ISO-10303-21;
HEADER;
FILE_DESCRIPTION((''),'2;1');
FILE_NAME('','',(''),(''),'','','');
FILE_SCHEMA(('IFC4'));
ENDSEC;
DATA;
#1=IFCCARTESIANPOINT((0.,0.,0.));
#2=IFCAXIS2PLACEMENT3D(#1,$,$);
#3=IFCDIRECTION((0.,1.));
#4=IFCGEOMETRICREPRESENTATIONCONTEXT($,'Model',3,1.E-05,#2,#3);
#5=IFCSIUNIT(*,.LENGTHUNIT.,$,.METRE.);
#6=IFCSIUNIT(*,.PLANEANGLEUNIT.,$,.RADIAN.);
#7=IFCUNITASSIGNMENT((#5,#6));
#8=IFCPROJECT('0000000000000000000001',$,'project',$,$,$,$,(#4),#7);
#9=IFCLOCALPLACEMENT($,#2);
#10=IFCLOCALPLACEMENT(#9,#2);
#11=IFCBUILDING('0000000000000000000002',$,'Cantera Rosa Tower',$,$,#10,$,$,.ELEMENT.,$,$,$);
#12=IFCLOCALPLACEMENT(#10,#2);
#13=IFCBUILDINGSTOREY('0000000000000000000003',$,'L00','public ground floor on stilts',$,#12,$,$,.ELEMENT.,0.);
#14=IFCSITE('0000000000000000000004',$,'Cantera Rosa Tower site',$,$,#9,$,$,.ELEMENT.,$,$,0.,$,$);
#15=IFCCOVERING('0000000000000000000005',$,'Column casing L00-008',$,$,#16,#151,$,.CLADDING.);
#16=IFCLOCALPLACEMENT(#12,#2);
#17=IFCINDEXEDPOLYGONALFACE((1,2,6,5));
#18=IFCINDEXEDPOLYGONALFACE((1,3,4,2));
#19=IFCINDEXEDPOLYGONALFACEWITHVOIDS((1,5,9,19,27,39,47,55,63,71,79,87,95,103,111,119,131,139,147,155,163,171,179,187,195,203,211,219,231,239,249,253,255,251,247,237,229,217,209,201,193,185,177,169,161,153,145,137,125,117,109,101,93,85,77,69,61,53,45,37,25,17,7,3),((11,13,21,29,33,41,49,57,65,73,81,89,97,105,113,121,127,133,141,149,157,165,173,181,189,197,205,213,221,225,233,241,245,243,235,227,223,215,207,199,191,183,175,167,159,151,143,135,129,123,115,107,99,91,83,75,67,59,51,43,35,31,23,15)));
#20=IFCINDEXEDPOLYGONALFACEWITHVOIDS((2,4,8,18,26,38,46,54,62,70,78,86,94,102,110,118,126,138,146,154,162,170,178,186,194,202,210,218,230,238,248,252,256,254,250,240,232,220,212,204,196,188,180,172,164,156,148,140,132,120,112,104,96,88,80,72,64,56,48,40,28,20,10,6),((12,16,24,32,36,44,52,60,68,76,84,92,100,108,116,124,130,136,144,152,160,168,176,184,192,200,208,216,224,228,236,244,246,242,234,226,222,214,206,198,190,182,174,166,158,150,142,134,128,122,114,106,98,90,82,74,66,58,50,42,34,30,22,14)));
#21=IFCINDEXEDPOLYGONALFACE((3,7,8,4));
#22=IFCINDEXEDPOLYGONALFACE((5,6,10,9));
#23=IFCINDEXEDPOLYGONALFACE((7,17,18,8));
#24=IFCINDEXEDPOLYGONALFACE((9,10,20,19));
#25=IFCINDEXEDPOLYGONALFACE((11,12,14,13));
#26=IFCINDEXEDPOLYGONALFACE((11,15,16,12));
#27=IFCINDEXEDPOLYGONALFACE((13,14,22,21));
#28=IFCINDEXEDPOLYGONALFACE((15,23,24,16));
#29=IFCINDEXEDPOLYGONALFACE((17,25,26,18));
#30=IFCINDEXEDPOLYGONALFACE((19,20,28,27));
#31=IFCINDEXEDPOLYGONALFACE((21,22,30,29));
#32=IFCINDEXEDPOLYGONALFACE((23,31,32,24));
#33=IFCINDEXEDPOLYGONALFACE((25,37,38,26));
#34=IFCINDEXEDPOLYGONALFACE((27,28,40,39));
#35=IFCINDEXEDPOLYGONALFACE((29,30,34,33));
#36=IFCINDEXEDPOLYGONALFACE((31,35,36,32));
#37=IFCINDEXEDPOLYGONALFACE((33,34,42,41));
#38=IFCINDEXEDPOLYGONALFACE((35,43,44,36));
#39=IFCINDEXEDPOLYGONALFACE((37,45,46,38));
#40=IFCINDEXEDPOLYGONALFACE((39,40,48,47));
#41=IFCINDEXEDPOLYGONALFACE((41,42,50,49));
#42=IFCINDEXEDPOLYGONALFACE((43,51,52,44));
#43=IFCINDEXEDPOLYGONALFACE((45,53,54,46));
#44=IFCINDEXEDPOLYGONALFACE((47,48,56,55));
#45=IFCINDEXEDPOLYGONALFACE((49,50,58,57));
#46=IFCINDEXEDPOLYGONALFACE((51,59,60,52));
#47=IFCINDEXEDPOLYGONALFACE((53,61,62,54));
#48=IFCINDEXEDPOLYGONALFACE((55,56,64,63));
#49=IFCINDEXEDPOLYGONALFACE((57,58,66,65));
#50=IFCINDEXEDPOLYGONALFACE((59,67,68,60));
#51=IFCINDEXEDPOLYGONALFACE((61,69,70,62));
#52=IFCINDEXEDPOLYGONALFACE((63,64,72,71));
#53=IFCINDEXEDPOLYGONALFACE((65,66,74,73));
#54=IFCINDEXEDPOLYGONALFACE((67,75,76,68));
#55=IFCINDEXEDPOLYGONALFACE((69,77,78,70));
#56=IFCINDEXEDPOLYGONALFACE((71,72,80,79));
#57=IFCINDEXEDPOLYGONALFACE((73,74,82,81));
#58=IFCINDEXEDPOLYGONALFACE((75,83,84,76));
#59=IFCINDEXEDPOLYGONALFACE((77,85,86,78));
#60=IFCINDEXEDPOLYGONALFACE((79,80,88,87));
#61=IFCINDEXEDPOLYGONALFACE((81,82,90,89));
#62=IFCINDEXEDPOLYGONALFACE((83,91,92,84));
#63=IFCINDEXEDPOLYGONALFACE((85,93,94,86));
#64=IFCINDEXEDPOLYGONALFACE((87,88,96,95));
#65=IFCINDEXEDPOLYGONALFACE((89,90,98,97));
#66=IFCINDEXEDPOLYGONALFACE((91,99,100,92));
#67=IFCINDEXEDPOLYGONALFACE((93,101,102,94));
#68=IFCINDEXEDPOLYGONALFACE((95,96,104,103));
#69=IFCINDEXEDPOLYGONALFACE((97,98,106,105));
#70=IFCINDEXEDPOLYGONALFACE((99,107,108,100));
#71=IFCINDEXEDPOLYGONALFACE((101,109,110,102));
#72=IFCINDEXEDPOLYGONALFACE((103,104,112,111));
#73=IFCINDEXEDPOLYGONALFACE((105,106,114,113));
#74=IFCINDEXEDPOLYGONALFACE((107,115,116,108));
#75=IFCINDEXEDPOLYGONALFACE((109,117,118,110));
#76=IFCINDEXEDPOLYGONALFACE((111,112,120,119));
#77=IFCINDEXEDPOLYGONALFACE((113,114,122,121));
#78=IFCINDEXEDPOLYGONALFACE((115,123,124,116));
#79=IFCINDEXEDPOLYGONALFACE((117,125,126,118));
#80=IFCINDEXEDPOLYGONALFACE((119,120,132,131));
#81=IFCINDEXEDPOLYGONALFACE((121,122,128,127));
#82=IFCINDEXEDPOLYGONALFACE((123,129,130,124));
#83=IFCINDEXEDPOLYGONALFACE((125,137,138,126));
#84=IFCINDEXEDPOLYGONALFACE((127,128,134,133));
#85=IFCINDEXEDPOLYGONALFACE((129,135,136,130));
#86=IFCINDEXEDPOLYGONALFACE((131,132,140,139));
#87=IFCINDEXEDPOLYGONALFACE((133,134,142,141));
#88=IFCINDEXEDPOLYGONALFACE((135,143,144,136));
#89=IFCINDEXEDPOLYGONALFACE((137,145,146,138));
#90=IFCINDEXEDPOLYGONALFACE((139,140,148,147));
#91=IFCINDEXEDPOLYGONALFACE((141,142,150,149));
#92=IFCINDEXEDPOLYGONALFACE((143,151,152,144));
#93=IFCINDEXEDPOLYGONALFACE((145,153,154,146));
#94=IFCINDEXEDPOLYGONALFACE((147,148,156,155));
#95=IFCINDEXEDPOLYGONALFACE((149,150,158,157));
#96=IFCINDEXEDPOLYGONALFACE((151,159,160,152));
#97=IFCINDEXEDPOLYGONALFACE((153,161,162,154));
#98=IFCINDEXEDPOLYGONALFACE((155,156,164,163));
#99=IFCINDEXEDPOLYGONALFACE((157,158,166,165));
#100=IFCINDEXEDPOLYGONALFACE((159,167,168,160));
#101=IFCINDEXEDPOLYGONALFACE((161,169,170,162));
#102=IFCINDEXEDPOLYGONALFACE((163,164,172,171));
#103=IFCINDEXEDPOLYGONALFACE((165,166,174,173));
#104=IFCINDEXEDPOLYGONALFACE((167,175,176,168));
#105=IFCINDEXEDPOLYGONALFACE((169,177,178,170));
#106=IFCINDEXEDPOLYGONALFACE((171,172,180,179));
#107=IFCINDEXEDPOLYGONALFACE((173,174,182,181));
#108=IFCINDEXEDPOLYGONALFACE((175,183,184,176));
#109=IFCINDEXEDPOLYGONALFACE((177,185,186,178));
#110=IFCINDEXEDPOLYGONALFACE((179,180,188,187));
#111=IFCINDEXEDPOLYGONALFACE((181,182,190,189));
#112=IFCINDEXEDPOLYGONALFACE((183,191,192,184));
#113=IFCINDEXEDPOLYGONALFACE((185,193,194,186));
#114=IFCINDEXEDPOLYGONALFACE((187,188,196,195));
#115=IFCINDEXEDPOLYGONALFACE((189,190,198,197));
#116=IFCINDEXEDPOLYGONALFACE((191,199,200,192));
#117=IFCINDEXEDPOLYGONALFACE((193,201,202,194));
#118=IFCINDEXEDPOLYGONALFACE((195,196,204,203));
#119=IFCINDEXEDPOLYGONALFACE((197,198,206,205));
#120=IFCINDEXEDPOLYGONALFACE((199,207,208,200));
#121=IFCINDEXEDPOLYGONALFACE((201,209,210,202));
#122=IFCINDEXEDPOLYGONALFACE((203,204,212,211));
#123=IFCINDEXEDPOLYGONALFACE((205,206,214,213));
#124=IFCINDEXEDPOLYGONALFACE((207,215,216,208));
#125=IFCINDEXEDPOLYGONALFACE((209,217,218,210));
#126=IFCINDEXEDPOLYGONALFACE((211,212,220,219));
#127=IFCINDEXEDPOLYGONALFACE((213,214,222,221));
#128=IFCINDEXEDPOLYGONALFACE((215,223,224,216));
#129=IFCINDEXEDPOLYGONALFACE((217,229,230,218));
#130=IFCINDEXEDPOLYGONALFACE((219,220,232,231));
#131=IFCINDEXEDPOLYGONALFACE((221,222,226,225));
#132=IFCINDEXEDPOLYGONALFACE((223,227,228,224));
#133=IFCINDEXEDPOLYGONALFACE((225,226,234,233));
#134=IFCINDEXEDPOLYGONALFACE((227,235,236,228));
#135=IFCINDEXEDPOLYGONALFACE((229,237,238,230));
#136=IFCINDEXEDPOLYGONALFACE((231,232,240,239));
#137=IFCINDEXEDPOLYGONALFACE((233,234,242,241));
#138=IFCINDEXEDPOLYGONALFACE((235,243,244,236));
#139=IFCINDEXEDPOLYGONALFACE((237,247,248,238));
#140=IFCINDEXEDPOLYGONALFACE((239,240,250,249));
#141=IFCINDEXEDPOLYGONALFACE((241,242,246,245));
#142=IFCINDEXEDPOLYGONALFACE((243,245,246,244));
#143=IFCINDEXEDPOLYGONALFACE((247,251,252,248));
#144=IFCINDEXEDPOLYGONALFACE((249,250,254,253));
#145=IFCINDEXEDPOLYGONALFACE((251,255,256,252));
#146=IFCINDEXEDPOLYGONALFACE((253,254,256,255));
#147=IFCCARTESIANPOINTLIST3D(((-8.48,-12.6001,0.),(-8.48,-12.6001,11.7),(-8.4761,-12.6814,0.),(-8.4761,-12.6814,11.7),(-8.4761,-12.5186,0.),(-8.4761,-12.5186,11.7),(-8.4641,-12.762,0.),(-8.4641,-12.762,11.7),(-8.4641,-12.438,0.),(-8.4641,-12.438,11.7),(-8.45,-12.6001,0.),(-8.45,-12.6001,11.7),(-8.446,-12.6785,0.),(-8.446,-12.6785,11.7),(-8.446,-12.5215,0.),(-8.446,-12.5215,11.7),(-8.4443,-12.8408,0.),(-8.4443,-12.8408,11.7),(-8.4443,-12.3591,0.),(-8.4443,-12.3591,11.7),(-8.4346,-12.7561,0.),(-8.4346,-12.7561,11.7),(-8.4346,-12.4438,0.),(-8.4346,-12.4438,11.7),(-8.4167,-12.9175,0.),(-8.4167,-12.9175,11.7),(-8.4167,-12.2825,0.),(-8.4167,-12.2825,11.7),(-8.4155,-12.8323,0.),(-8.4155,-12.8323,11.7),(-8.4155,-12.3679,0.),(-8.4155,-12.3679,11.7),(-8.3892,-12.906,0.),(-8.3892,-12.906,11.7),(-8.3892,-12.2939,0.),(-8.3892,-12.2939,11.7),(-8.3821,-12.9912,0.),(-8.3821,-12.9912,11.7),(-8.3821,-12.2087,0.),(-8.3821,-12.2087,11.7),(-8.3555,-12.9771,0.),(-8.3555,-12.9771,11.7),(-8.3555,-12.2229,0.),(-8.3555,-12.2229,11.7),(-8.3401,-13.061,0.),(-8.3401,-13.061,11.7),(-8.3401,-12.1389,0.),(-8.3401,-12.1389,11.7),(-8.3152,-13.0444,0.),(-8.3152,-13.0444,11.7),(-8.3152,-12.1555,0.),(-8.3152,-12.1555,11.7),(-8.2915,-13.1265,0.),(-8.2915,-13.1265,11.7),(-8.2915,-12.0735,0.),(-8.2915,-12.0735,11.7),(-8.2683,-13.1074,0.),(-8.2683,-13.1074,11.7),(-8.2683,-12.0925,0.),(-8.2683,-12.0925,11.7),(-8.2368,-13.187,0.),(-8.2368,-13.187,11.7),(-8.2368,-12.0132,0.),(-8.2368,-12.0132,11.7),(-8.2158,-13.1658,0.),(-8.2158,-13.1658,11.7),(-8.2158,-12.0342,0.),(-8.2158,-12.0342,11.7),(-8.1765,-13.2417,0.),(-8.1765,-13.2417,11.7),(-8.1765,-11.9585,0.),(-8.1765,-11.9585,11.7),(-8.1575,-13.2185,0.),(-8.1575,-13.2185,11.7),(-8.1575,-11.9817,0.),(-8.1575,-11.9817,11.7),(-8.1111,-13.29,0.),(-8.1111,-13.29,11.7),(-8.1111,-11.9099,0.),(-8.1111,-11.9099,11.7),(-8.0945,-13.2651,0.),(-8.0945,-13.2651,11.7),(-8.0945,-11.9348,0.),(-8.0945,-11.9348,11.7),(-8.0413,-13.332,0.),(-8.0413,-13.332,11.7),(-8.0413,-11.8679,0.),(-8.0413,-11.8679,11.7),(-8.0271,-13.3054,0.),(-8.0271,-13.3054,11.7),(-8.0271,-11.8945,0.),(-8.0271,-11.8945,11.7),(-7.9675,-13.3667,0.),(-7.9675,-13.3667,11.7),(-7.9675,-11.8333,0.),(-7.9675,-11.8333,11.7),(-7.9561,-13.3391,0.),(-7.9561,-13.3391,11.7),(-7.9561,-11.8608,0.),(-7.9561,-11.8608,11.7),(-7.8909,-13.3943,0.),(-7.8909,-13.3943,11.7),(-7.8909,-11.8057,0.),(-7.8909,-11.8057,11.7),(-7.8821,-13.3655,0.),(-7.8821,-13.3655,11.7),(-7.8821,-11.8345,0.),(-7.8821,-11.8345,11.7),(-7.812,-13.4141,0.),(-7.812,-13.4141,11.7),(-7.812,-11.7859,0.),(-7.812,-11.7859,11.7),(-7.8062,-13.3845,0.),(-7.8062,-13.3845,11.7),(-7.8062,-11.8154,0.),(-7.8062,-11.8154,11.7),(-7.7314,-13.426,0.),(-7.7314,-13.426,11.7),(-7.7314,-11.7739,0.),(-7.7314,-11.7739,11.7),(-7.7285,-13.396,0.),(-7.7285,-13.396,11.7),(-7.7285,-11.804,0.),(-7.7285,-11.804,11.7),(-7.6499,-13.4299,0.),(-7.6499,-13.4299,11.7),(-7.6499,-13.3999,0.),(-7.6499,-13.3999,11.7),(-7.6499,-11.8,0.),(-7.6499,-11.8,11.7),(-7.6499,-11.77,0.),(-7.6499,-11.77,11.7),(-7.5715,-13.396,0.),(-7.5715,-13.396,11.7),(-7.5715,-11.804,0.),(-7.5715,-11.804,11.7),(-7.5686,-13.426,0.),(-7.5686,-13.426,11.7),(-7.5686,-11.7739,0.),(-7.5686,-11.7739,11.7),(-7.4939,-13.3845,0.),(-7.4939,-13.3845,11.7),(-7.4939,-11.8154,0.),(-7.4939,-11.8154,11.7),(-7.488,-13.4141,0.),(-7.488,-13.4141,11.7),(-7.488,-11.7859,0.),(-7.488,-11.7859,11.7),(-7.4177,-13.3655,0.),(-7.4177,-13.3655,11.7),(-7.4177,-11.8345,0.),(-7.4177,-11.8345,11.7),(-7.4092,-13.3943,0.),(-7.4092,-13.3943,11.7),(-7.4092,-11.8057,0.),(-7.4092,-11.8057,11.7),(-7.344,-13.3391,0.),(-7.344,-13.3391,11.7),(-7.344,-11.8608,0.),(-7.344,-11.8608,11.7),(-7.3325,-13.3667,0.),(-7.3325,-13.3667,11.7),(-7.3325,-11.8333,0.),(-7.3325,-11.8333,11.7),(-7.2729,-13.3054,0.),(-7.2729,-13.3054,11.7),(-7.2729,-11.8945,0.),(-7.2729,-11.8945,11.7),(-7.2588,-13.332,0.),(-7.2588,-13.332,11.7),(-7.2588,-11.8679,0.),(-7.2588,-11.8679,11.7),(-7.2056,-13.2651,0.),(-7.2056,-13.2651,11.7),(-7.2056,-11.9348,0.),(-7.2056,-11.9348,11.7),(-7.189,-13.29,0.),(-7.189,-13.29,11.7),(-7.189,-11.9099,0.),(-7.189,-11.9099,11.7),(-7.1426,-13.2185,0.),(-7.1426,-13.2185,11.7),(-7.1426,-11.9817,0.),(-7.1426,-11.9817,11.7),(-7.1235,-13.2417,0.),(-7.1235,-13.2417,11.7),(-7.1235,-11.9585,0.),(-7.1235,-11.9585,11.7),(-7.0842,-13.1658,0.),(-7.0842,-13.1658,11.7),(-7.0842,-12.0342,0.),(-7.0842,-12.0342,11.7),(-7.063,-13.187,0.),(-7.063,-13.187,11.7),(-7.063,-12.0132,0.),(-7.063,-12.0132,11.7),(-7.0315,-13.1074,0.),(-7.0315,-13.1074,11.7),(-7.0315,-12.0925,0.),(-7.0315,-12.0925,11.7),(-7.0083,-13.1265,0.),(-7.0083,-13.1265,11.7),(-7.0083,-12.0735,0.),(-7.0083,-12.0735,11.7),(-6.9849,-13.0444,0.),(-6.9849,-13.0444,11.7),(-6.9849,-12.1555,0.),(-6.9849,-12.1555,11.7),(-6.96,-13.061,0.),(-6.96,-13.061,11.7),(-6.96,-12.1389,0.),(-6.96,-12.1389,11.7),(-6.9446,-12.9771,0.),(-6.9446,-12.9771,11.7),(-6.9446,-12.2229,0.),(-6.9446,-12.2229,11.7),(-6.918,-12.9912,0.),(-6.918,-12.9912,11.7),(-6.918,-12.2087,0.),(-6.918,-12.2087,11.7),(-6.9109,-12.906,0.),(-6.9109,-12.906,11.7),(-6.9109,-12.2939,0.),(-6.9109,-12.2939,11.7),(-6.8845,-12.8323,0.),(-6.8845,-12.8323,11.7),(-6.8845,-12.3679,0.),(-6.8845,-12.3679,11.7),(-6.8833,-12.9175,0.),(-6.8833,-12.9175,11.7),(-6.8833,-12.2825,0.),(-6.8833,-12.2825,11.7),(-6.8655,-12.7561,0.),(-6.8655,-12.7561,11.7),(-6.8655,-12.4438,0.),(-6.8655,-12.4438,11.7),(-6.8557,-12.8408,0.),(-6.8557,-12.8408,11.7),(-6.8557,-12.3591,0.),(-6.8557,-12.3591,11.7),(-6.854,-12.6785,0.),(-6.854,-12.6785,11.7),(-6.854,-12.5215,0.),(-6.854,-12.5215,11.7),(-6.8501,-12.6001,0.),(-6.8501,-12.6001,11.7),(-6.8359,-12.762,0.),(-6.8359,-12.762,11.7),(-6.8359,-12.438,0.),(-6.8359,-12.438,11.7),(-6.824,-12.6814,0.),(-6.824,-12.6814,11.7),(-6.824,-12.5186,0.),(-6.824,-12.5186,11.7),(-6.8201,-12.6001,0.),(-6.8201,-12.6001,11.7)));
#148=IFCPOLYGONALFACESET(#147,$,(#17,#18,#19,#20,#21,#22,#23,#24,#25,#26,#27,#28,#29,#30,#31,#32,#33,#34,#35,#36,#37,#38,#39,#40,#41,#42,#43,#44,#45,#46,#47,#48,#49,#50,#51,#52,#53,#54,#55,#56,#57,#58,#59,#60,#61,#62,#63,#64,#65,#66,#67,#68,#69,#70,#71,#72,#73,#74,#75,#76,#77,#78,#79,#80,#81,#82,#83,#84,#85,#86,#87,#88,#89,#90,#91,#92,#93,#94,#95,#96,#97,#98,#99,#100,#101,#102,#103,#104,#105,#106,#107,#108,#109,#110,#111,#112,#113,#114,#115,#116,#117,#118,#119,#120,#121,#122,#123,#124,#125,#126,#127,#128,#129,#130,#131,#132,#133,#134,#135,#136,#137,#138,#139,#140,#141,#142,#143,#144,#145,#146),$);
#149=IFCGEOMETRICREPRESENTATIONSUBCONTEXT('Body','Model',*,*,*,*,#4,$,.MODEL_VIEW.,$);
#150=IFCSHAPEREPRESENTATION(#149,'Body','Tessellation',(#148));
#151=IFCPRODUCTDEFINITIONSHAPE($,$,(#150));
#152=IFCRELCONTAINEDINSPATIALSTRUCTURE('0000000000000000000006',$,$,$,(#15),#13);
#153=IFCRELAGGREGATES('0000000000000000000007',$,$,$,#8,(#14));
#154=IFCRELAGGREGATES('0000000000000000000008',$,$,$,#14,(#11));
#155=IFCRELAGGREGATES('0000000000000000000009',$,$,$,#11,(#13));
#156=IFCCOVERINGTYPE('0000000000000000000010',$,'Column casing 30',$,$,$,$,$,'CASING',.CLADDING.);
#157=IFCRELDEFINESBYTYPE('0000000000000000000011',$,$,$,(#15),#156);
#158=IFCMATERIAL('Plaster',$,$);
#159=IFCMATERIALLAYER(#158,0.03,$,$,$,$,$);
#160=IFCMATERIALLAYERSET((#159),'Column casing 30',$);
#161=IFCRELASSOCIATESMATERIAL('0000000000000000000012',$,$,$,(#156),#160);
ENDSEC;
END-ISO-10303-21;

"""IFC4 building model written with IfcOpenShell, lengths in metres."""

from ifc_helpers import new_model, si_unit, direction, origin, place, context, subcontext, project, spatial, polyline, outline, extrude, material, layer, layer_set, type_object, element, save


model = new_model("IFC4")

# Units and contexts
model_context = context("Model", 3, precision=1e-05, world=origin(), true_north=direction((0.0, 1.0)))
body_context = subcontext(model_context, "Body", "Model", "MODEL_VIEW")
ifc_project = project(units=[si_unit("LENGTHUNIT", "METRE"), si_unit("PLANEANGLEUNIT", "RADIAN")], contexts=[model_context])

# Site, building, storey
site_placement = place(None, origin())
site = spatial("IfcSite", under=ifc_project, at=site_placement, Name="Cantera Rosa Tower site", CompositionType="ELEMENT", RefElevation=0.0)
building_placement = place(site_placement, origin())
building = spatial("IfcBuilding", under=site, at=building_placement, Name="Cantera Rosa Tower", CompositionType="ELEMENT")
storey_placement = place(building_placement, origin())
storey = spatial("IfcBuildingStorey", under=building, at=storey_placement, Name="L00", Description="public ground floor on stilts", CompositionType="ELEMENT", Elevation=0.0)

# Covering
ifc_material_1 = material(Name="Plaster")
ifc_layer_1 = layer(ifc_material_1, 0.03)
ifc_layer_set_1 = layer_set([ifc_layer_1], Name="Column casing 30")
covering_type = type_object("IfcCoveringType", Name="Column casing 30", ElementType="CASING", PredefinedType="CLADDING", material=ifc_layer_set_1)
covering_1_placement = place(storey_placement, origin())
element("IfcCovering", 1, at=covering_1_placement, inside=storey, type_object=covering_type, Name="Column casing L00-008", PredefinedType="CLADDING", context=body_context, shape_type="SweptSolid", body=[
    extrude(outline(polyline([(-6.824, -12.6814), (-6.8201, -12.6001), (-6.824, -12.5186), (-6.8359, -12.438), (-6.8557, -12.3591), (-6.8833, -12.2825), (-6.918, -12.2087), (-6.96, -12.1389), (-7.0083, -12.0735), (-7.063, -12.0132), (-7.1235, -11.9585), (-7.189, -11.9099), (-7.2588, -11.8679), (-7.3325, -11.8333), (-7.4092, -11.8057), (-7.488, -11.7859), (-7.5686, -11.7739), (-7.6499, -11.77), (-7.7314, -11.7739), (-7.812, -11.7859), (-7.8909, -11.8057), (-7.9675, -11.8333), (-8.0413, -11.8679), (-8.1111, -11.9099), (-8.1765, -11.9585), (-8.2368, -12.0132), (-8.2915, -12.0735), (-8.3401, -12.1389), (-8.3821, -12.2087), (-8.4167, -12.2825), (-8.4443, -12.3591), (-8.4641, -12.438), (-8.4761, -12.5186), (-8.48, -12.6001), (-8.4761, -12.6814), (-8.4641, -12.762), (-8.4443, -12.8408), (-8.4167, -12.9175), (-8.3821, -12.9912), (-8.3401, -13.061), (-8.2915, -13.1265), (-8.2368, -13.187), (-8.1765, -13.2417), (-8.1111, -13.29), (-8.0413, -13.332), (-7.9675, -13.3667), (-7.8909, -13.3943), (-7.812, -13.4141), (-7.7314, -13.426), (-7.6499, -13.4299), (-7.5686, -13.426), (-7.488, -13.4141), (-7.4092, -13.3943), (-7.3325, -13.3667), (-7.2588, -13.332), (-7.189, -13.29), (-7.1235, -13.2417), (-7.063, -13.187), (-7.0083, -13.1265), (-6.96, -13.061), (-6.918, -12.9912), (-6.8833, -12.9175), (-6.8557, -12.8408), (-6.8359, -12.762), (-6.824, -12.6814)]), holes=[polyline([(-6.854, -12.5215), (-6.8655, -12.4438), (-6.8845, -12.3679), (-6.9109, -12.2939), (-6.9446, -12.2229), (-6.9849, -12.1555), (-7.0315, -12.0925), (-7.0842, -12.0342), (-7.1426, -11.9817), (-7.2056, -11.9348), (-7.2729, -11.8945), (-7.344, -11.8608), (-7.4177, -11.8345), (-7.4939, -11.8154), (-7.5715, -11.804), (-7.6499, -11.8), (-7.7285, -11.804), (-7.8062, -11.8154), (-7.8821, -11.8345), (-7.9561, -11.8608), (-8.0271, -11.8945), (-8.0945, -11.9348), (-8.1575, -11.9817), (-8.2158, -12.0342), (-8.2683, -12.0925), (-8.3152, -12.1555), (-8.3555, -12.2229), (-8.3892, -12.2939), (-8.4155, -12.3679), (-8.4346, -12.4438), (-8.446, -12.5215), (-8.45, -12.6001), (-8.446, -12.6785), (-8.4346, -12.7561), (-8.4155, -12.8323), (-8.3892, -12.906), (-8.3555, -12.9771), (-8.3152, -13.0444), (-8.2683, -13.1074), (-8.2158, -13.1658), (-8.1575, -13.2185), (-8.0945, -13.2651), (-8.0271, -13.3054), (-7.9561, -13.3391), (-7.8821, -13.3655), (-7.8062, -13.3845), (-7.7285, -13.396), (-7.6499, -13.3999), (-7.5715, -13.396), (-7.4939, -13.3845), (-7.4177, -13.3655), (-7.344, -13.3391), (-7.2729, -13.3054), (-7.2056, -13.2651), (-7.1426, -13.2185), (-7.0842, -13.1658), (-7.0315, -13.1074), (-6.9849, -13.0444), (-6.9446, -12.9771), (-6.9109, -12.906), (-6.8845, -12.8323), (-6.8655, -12.7561), (-6.854, -12.6785), (-6.8501, -12.6001), (-6.854, -12.5215)])]), origin(), (0.0, 0.0, 1.0), 11.7),
])

save(model, "model.ifc")
